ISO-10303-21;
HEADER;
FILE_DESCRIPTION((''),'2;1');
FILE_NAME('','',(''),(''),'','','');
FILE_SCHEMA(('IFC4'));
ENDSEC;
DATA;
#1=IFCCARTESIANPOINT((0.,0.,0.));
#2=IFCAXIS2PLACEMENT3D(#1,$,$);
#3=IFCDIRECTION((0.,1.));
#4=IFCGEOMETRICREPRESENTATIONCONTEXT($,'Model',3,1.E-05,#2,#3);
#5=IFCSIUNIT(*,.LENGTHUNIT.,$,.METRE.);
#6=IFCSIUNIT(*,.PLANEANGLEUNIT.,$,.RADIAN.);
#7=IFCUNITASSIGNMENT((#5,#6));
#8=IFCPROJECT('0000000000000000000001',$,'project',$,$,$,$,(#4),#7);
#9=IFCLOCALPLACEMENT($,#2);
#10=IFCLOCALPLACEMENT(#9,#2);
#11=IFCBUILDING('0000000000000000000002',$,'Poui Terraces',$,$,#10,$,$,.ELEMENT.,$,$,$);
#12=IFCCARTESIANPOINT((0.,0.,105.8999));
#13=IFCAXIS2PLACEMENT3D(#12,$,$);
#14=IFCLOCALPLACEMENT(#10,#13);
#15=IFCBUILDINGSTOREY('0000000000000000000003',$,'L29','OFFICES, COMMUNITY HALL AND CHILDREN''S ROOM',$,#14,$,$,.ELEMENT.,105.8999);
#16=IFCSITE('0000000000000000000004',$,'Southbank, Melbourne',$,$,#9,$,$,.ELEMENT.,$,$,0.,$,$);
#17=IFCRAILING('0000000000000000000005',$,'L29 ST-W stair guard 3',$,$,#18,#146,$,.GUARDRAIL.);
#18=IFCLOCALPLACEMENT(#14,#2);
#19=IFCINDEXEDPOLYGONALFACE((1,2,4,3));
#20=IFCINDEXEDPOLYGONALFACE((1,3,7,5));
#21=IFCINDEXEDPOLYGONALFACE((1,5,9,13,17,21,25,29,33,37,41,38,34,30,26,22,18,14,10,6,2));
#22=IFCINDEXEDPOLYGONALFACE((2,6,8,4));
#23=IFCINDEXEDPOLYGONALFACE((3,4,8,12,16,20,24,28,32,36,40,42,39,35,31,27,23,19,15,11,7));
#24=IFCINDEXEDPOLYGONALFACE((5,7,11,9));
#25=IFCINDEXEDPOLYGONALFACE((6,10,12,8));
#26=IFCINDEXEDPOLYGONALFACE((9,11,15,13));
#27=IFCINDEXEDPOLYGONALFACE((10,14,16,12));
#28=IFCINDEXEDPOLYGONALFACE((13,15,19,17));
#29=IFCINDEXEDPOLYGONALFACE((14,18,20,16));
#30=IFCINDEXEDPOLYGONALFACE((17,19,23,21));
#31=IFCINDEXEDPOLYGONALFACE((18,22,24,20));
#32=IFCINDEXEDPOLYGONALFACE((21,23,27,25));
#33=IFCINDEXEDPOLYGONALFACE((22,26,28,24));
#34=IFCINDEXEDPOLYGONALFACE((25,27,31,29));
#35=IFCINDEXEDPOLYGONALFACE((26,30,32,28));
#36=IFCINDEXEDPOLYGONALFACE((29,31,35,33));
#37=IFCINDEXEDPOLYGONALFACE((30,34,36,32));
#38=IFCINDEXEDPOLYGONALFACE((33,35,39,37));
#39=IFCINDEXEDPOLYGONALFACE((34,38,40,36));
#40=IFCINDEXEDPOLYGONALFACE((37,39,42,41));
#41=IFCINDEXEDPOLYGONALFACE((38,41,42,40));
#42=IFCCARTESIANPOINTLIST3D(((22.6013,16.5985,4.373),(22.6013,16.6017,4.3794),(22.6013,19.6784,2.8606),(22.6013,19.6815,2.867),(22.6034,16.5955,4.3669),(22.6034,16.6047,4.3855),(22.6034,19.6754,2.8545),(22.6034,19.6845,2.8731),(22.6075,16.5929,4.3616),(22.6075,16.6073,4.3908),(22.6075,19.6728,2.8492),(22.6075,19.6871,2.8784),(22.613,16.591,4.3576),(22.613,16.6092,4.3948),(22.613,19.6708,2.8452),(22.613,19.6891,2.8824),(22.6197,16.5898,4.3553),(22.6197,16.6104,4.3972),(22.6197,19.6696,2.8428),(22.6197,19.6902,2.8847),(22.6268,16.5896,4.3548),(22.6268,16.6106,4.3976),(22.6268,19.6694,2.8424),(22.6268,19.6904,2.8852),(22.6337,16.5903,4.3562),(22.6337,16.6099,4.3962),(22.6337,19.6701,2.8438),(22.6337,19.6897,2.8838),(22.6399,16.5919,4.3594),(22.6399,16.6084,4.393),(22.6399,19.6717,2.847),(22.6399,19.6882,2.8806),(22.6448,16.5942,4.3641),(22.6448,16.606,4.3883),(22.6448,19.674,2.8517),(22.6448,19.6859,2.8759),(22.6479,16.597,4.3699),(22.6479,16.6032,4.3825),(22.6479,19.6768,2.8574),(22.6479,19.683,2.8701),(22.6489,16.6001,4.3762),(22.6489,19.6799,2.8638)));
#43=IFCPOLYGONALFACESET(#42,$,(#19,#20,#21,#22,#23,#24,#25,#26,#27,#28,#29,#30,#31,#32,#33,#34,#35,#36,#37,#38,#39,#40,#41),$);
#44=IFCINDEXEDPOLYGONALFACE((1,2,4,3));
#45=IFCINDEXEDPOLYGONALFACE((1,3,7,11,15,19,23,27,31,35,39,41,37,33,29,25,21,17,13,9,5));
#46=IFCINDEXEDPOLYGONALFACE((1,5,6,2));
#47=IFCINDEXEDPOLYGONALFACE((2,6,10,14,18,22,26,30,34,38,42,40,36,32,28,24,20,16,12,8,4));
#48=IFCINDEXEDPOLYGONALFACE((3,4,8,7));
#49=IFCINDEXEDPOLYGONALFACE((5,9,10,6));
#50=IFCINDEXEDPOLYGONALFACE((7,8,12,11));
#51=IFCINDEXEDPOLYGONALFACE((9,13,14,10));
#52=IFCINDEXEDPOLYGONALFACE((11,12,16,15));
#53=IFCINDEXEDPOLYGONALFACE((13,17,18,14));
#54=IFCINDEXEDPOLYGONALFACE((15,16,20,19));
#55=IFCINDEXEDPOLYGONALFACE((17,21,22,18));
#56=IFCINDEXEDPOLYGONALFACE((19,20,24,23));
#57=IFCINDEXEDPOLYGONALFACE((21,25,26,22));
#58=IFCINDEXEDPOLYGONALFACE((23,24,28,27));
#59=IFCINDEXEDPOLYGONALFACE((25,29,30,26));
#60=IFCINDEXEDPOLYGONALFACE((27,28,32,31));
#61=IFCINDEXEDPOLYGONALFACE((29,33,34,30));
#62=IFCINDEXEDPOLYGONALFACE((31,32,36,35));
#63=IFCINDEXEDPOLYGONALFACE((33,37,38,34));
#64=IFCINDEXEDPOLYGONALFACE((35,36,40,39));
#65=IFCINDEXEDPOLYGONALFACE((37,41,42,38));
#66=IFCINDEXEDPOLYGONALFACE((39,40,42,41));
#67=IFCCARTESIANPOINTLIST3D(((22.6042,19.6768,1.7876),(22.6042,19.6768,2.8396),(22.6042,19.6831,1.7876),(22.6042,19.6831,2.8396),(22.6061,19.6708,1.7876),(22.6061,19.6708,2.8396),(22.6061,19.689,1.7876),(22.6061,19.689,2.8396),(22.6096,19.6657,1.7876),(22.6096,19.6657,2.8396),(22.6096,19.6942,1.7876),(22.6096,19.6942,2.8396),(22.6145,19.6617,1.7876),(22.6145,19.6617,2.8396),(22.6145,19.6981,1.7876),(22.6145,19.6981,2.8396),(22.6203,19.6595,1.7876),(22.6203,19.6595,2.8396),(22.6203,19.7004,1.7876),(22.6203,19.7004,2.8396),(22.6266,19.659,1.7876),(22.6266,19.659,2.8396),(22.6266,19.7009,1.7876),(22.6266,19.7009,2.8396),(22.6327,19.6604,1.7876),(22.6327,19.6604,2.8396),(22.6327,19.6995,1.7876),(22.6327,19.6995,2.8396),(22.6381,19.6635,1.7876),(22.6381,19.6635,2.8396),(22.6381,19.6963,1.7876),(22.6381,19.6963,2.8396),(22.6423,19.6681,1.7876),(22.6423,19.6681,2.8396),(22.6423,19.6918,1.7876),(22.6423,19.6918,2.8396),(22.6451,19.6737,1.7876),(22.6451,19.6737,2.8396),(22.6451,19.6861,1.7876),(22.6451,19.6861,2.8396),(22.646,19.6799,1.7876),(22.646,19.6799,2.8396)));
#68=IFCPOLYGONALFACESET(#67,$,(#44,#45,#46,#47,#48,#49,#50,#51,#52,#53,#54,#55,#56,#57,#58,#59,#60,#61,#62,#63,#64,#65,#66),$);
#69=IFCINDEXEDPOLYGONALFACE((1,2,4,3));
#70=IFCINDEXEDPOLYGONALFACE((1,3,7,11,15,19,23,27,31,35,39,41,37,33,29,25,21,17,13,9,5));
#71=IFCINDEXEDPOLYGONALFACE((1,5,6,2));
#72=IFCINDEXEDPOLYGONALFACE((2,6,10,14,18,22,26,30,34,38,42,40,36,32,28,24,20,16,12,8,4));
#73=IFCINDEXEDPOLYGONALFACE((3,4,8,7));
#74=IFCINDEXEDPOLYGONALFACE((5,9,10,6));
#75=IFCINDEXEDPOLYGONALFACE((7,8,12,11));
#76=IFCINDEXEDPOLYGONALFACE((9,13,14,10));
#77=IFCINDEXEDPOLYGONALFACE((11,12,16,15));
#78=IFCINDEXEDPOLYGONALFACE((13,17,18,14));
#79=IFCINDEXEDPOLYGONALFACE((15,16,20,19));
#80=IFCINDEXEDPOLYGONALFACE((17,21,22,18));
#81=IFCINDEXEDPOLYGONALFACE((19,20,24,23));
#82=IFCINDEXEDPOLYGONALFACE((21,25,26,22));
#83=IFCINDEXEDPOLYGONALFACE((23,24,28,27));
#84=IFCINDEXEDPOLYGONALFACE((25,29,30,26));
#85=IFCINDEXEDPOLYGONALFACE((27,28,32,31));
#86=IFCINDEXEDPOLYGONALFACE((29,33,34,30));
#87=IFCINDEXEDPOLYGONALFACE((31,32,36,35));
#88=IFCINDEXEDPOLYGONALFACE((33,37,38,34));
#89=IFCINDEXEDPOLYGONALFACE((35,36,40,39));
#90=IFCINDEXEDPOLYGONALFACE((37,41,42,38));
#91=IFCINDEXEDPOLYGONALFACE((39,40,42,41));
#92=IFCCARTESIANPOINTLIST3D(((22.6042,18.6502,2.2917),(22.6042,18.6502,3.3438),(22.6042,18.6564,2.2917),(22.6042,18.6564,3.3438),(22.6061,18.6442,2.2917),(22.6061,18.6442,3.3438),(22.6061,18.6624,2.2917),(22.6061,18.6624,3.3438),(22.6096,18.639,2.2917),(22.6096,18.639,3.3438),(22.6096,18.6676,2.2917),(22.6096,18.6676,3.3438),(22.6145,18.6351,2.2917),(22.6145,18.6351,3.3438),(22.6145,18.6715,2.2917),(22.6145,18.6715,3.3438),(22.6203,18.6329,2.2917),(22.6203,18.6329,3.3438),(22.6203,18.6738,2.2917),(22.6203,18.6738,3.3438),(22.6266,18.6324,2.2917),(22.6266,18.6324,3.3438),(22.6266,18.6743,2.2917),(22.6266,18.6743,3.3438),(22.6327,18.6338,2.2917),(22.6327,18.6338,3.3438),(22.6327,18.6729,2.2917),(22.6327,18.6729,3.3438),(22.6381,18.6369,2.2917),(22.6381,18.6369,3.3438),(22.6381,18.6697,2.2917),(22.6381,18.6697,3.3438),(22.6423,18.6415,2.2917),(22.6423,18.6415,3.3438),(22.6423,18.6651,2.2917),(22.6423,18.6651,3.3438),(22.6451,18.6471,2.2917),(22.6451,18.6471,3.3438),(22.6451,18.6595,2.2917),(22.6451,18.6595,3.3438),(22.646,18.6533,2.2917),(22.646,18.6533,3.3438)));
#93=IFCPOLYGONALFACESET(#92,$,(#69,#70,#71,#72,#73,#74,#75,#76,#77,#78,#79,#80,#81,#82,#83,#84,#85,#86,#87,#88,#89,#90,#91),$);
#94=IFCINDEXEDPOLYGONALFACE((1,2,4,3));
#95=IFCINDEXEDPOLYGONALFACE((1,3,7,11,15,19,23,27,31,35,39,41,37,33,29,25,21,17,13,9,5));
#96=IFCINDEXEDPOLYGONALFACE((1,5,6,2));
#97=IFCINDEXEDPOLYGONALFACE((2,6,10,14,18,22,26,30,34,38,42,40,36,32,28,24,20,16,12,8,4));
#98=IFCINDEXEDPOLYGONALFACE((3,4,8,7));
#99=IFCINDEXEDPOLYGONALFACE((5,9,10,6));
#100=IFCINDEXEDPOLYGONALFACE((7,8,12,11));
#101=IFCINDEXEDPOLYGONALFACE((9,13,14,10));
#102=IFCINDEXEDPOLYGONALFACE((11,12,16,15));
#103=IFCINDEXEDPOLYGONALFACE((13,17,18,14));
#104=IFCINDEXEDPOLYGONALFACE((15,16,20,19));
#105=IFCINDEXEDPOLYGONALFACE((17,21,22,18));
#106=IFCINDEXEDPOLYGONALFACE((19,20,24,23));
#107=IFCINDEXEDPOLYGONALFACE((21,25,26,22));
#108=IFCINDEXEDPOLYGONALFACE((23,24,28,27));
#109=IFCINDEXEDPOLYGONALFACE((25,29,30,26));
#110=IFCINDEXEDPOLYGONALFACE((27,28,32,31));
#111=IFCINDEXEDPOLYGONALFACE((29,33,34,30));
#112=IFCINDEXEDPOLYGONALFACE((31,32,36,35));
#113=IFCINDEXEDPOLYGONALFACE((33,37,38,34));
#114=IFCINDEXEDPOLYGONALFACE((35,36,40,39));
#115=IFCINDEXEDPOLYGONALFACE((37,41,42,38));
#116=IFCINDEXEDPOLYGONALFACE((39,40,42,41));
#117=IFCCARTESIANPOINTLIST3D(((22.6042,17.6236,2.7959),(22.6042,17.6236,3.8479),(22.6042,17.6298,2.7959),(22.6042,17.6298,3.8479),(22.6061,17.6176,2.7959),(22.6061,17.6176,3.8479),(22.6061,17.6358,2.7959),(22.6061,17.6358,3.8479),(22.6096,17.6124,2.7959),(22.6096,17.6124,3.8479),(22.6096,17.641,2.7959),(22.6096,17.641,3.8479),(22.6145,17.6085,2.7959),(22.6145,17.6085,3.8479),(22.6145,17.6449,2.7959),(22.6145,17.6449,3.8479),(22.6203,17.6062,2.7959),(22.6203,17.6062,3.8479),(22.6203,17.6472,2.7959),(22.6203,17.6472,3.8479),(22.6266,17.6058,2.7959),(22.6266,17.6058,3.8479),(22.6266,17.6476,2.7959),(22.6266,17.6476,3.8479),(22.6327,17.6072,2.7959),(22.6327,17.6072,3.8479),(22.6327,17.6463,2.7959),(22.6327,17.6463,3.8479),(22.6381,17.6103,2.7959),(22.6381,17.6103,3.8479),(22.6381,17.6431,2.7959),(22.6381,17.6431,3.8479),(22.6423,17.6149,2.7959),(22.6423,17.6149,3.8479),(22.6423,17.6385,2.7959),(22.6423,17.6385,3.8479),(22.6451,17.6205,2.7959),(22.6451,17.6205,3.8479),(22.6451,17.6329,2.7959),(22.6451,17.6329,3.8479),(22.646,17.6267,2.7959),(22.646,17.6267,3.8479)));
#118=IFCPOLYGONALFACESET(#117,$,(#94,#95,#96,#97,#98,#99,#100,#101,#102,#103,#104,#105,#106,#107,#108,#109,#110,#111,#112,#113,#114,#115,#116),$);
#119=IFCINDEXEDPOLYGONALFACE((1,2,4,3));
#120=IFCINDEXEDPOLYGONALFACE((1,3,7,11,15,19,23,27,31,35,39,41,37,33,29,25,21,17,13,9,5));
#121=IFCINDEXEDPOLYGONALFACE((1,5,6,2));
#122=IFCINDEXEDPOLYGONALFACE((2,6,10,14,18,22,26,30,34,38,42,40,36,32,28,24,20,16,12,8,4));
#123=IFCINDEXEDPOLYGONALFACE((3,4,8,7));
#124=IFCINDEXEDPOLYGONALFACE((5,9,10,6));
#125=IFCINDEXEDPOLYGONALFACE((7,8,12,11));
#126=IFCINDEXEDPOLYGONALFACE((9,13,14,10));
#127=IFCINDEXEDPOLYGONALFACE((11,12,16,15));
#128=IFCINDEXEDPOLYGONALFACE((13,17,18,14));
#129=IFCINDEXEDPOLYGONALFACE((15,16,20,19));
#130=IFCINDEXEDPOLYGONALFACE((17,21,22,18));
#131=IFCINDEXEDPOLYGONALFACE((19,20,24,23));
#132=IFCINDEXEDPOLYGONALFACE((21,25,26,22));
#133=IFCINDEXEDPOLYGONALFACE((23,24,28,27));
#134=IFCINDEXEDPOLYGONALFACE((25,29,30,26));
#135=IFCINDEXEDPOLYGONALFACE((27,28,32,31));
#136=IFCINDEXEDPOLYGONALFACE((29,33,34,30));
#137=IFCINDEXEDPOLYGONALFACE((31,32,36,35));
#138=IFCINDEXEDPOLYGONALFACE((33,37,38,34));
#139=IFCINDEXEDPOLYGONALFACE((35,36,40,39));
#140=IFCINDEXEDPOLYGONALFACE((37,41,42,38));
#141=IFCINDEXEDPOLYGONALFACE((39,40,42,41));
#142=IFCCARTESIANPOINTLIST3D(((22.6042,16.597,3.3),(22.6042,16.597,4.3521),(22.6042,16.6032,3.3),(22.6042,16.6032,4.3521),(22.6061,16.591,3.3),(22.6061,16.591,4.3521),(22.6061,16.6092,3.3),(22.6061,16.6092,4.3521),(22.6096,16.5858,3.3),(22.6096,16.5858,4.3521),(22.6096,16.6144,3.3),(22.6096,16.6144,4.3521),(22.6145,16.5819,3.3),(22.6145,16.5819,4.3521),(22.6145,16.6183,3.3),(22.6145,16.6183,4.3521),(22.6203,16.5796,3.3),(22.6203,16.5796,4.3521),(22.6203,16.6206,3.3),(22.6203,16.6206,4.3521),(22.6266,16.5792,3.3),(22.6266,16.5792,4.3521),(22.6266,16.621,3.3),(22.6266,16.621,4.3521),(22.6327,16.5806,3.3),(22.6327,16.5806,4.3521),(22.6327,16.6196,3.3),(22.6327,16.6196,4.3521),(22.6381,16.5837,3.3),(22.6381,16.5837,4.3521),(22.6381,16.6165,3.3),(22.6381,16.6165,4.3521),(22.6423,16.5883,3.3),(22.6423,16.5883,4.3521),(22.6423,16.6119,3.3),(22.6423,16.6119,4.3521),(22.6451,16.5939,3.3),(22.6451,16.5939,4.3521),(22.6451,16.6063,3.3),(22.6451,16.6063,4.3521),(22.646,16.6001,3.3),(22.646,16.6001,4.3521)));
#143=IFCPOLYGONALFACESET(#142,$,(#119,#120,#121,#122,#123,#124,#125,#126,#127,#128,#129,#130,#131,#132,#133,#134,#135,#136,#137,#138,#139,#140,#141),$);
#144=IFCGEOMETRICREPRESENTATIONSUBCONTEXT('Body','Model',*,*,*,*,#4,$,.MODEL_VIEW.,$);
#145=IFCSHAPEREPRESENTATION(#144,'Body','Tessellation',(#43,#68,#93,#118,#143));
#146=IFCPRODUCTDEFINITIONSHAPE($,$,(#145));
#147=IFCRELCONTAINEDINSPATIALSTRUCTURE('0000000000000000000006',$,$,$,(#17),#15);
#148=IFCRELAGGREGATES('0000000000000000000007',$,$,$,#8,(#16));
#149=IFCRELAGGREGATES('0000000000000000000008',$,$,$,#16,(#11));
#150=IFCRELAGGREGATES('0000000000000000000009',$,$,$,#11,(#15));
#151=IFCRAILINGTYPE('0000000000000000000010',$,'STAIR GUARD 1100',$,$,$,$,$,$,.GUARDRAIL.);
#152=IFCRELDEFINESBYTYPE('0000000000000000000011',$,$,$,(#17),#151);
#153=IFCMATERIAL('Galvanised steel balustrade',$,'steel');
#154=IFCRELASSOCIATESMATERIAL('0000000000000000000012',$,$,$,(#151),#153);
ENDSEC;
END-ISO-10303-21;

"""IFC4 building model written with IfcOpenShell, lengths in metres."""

from ifc_helpers import new_model, si_unit, direction, frame, origin, origin_2d, place, context, subcontext, project, spatial, circle, extrude, material, type_object, element, save


model = new_model("IFC4")

# Units and contexts
model_context = context("Model", 3, precision=1e-05, world=origin(), true_north=direction((0.0, 1.0)))
body_context = subcontext(model_context, "Body", "Model", "MODEL_VIEW")
ifc_project = project(units=[si_unit("LENGTHUNIT", "METRE"), si_unit("PLANEANGLEUNIT", "RADIAN")], contexts=[model_context])

# Site, building, storey
site_placement = place(None, origin())
site = spatial("IfcSite", under=ifc_project, at=site_placement, Name="Southbank, Melbourne", CompositionType="ELEMENT", RefElevation=0.0)
building_placement = place(site_placement, origin())
building = spatial("IfcBuilding", under=site, at=building_placement, Name="Poui Terraces", CompositionType="ELEMENT")
storey_placement = place(building_placement, frame((0.0, 0.0, 105.8999)))
storey = spatial("IfcBuildingStorey", under=building, at=storey_placement, Name="L29", Description="OFFICES, COMMUNITY HALL AND CHILDREN'S ROOM", CompositionType="ELEMENT", Elevation=105.8999)

# Railing
ifc_material_1 = material(Name="Galvanised steel balustrade", Category="steel")
railing_type_1 = type_object("IfcRailingType", Name="STAIR GUARD 1100", PredefinedType="GUARDRAIL", material=ifc_material_1)
railing_1_placement = place(storey_placement, frame((22.625, 19.6799, 1.7876)))
element("IfcRailing", 1, at=railing_1_placement, inside=storey, type_object=railing_type_1, Name="L29 ST-W stair guard 3", PredefinedType="GUARDRAIL", context=body_context, shape_type="SweptSolid", body=[
    extrude(circle(Radius=0.0239, at=origin_2d()), frame((0.0, 0.0, 1.0762), z_axis=(0.0, -0.897606, 0.440798), x_axis=(1.0, 0.0, 0.0)), (0.0, 0.0, 1.0), 3.4312),
    extrude(circle(Radius=0.021, at=origin_2d()), origin(), (0.0, 0.0, 1.0), 1.052),
    extrude(circle(Radius=0.021, at=origin_2d()), frame((0.0, -1.0266, 0.5042)), (0.0, 0.0, 1.0), 1.052),
    extrude(circle(Radius=0.021, at=origin_2d()), frame((0.0, -2.0532, 1.0083)), (0.0, 0.0, 1.0), 1.052),
    extrude(circle(Radius=0.021, at=origin_2d()), frame((0.0, -3.0798, 1.5125)), (0.0, 0.0, 1.0), 1.052),
])

save(model, "model.ifc")
